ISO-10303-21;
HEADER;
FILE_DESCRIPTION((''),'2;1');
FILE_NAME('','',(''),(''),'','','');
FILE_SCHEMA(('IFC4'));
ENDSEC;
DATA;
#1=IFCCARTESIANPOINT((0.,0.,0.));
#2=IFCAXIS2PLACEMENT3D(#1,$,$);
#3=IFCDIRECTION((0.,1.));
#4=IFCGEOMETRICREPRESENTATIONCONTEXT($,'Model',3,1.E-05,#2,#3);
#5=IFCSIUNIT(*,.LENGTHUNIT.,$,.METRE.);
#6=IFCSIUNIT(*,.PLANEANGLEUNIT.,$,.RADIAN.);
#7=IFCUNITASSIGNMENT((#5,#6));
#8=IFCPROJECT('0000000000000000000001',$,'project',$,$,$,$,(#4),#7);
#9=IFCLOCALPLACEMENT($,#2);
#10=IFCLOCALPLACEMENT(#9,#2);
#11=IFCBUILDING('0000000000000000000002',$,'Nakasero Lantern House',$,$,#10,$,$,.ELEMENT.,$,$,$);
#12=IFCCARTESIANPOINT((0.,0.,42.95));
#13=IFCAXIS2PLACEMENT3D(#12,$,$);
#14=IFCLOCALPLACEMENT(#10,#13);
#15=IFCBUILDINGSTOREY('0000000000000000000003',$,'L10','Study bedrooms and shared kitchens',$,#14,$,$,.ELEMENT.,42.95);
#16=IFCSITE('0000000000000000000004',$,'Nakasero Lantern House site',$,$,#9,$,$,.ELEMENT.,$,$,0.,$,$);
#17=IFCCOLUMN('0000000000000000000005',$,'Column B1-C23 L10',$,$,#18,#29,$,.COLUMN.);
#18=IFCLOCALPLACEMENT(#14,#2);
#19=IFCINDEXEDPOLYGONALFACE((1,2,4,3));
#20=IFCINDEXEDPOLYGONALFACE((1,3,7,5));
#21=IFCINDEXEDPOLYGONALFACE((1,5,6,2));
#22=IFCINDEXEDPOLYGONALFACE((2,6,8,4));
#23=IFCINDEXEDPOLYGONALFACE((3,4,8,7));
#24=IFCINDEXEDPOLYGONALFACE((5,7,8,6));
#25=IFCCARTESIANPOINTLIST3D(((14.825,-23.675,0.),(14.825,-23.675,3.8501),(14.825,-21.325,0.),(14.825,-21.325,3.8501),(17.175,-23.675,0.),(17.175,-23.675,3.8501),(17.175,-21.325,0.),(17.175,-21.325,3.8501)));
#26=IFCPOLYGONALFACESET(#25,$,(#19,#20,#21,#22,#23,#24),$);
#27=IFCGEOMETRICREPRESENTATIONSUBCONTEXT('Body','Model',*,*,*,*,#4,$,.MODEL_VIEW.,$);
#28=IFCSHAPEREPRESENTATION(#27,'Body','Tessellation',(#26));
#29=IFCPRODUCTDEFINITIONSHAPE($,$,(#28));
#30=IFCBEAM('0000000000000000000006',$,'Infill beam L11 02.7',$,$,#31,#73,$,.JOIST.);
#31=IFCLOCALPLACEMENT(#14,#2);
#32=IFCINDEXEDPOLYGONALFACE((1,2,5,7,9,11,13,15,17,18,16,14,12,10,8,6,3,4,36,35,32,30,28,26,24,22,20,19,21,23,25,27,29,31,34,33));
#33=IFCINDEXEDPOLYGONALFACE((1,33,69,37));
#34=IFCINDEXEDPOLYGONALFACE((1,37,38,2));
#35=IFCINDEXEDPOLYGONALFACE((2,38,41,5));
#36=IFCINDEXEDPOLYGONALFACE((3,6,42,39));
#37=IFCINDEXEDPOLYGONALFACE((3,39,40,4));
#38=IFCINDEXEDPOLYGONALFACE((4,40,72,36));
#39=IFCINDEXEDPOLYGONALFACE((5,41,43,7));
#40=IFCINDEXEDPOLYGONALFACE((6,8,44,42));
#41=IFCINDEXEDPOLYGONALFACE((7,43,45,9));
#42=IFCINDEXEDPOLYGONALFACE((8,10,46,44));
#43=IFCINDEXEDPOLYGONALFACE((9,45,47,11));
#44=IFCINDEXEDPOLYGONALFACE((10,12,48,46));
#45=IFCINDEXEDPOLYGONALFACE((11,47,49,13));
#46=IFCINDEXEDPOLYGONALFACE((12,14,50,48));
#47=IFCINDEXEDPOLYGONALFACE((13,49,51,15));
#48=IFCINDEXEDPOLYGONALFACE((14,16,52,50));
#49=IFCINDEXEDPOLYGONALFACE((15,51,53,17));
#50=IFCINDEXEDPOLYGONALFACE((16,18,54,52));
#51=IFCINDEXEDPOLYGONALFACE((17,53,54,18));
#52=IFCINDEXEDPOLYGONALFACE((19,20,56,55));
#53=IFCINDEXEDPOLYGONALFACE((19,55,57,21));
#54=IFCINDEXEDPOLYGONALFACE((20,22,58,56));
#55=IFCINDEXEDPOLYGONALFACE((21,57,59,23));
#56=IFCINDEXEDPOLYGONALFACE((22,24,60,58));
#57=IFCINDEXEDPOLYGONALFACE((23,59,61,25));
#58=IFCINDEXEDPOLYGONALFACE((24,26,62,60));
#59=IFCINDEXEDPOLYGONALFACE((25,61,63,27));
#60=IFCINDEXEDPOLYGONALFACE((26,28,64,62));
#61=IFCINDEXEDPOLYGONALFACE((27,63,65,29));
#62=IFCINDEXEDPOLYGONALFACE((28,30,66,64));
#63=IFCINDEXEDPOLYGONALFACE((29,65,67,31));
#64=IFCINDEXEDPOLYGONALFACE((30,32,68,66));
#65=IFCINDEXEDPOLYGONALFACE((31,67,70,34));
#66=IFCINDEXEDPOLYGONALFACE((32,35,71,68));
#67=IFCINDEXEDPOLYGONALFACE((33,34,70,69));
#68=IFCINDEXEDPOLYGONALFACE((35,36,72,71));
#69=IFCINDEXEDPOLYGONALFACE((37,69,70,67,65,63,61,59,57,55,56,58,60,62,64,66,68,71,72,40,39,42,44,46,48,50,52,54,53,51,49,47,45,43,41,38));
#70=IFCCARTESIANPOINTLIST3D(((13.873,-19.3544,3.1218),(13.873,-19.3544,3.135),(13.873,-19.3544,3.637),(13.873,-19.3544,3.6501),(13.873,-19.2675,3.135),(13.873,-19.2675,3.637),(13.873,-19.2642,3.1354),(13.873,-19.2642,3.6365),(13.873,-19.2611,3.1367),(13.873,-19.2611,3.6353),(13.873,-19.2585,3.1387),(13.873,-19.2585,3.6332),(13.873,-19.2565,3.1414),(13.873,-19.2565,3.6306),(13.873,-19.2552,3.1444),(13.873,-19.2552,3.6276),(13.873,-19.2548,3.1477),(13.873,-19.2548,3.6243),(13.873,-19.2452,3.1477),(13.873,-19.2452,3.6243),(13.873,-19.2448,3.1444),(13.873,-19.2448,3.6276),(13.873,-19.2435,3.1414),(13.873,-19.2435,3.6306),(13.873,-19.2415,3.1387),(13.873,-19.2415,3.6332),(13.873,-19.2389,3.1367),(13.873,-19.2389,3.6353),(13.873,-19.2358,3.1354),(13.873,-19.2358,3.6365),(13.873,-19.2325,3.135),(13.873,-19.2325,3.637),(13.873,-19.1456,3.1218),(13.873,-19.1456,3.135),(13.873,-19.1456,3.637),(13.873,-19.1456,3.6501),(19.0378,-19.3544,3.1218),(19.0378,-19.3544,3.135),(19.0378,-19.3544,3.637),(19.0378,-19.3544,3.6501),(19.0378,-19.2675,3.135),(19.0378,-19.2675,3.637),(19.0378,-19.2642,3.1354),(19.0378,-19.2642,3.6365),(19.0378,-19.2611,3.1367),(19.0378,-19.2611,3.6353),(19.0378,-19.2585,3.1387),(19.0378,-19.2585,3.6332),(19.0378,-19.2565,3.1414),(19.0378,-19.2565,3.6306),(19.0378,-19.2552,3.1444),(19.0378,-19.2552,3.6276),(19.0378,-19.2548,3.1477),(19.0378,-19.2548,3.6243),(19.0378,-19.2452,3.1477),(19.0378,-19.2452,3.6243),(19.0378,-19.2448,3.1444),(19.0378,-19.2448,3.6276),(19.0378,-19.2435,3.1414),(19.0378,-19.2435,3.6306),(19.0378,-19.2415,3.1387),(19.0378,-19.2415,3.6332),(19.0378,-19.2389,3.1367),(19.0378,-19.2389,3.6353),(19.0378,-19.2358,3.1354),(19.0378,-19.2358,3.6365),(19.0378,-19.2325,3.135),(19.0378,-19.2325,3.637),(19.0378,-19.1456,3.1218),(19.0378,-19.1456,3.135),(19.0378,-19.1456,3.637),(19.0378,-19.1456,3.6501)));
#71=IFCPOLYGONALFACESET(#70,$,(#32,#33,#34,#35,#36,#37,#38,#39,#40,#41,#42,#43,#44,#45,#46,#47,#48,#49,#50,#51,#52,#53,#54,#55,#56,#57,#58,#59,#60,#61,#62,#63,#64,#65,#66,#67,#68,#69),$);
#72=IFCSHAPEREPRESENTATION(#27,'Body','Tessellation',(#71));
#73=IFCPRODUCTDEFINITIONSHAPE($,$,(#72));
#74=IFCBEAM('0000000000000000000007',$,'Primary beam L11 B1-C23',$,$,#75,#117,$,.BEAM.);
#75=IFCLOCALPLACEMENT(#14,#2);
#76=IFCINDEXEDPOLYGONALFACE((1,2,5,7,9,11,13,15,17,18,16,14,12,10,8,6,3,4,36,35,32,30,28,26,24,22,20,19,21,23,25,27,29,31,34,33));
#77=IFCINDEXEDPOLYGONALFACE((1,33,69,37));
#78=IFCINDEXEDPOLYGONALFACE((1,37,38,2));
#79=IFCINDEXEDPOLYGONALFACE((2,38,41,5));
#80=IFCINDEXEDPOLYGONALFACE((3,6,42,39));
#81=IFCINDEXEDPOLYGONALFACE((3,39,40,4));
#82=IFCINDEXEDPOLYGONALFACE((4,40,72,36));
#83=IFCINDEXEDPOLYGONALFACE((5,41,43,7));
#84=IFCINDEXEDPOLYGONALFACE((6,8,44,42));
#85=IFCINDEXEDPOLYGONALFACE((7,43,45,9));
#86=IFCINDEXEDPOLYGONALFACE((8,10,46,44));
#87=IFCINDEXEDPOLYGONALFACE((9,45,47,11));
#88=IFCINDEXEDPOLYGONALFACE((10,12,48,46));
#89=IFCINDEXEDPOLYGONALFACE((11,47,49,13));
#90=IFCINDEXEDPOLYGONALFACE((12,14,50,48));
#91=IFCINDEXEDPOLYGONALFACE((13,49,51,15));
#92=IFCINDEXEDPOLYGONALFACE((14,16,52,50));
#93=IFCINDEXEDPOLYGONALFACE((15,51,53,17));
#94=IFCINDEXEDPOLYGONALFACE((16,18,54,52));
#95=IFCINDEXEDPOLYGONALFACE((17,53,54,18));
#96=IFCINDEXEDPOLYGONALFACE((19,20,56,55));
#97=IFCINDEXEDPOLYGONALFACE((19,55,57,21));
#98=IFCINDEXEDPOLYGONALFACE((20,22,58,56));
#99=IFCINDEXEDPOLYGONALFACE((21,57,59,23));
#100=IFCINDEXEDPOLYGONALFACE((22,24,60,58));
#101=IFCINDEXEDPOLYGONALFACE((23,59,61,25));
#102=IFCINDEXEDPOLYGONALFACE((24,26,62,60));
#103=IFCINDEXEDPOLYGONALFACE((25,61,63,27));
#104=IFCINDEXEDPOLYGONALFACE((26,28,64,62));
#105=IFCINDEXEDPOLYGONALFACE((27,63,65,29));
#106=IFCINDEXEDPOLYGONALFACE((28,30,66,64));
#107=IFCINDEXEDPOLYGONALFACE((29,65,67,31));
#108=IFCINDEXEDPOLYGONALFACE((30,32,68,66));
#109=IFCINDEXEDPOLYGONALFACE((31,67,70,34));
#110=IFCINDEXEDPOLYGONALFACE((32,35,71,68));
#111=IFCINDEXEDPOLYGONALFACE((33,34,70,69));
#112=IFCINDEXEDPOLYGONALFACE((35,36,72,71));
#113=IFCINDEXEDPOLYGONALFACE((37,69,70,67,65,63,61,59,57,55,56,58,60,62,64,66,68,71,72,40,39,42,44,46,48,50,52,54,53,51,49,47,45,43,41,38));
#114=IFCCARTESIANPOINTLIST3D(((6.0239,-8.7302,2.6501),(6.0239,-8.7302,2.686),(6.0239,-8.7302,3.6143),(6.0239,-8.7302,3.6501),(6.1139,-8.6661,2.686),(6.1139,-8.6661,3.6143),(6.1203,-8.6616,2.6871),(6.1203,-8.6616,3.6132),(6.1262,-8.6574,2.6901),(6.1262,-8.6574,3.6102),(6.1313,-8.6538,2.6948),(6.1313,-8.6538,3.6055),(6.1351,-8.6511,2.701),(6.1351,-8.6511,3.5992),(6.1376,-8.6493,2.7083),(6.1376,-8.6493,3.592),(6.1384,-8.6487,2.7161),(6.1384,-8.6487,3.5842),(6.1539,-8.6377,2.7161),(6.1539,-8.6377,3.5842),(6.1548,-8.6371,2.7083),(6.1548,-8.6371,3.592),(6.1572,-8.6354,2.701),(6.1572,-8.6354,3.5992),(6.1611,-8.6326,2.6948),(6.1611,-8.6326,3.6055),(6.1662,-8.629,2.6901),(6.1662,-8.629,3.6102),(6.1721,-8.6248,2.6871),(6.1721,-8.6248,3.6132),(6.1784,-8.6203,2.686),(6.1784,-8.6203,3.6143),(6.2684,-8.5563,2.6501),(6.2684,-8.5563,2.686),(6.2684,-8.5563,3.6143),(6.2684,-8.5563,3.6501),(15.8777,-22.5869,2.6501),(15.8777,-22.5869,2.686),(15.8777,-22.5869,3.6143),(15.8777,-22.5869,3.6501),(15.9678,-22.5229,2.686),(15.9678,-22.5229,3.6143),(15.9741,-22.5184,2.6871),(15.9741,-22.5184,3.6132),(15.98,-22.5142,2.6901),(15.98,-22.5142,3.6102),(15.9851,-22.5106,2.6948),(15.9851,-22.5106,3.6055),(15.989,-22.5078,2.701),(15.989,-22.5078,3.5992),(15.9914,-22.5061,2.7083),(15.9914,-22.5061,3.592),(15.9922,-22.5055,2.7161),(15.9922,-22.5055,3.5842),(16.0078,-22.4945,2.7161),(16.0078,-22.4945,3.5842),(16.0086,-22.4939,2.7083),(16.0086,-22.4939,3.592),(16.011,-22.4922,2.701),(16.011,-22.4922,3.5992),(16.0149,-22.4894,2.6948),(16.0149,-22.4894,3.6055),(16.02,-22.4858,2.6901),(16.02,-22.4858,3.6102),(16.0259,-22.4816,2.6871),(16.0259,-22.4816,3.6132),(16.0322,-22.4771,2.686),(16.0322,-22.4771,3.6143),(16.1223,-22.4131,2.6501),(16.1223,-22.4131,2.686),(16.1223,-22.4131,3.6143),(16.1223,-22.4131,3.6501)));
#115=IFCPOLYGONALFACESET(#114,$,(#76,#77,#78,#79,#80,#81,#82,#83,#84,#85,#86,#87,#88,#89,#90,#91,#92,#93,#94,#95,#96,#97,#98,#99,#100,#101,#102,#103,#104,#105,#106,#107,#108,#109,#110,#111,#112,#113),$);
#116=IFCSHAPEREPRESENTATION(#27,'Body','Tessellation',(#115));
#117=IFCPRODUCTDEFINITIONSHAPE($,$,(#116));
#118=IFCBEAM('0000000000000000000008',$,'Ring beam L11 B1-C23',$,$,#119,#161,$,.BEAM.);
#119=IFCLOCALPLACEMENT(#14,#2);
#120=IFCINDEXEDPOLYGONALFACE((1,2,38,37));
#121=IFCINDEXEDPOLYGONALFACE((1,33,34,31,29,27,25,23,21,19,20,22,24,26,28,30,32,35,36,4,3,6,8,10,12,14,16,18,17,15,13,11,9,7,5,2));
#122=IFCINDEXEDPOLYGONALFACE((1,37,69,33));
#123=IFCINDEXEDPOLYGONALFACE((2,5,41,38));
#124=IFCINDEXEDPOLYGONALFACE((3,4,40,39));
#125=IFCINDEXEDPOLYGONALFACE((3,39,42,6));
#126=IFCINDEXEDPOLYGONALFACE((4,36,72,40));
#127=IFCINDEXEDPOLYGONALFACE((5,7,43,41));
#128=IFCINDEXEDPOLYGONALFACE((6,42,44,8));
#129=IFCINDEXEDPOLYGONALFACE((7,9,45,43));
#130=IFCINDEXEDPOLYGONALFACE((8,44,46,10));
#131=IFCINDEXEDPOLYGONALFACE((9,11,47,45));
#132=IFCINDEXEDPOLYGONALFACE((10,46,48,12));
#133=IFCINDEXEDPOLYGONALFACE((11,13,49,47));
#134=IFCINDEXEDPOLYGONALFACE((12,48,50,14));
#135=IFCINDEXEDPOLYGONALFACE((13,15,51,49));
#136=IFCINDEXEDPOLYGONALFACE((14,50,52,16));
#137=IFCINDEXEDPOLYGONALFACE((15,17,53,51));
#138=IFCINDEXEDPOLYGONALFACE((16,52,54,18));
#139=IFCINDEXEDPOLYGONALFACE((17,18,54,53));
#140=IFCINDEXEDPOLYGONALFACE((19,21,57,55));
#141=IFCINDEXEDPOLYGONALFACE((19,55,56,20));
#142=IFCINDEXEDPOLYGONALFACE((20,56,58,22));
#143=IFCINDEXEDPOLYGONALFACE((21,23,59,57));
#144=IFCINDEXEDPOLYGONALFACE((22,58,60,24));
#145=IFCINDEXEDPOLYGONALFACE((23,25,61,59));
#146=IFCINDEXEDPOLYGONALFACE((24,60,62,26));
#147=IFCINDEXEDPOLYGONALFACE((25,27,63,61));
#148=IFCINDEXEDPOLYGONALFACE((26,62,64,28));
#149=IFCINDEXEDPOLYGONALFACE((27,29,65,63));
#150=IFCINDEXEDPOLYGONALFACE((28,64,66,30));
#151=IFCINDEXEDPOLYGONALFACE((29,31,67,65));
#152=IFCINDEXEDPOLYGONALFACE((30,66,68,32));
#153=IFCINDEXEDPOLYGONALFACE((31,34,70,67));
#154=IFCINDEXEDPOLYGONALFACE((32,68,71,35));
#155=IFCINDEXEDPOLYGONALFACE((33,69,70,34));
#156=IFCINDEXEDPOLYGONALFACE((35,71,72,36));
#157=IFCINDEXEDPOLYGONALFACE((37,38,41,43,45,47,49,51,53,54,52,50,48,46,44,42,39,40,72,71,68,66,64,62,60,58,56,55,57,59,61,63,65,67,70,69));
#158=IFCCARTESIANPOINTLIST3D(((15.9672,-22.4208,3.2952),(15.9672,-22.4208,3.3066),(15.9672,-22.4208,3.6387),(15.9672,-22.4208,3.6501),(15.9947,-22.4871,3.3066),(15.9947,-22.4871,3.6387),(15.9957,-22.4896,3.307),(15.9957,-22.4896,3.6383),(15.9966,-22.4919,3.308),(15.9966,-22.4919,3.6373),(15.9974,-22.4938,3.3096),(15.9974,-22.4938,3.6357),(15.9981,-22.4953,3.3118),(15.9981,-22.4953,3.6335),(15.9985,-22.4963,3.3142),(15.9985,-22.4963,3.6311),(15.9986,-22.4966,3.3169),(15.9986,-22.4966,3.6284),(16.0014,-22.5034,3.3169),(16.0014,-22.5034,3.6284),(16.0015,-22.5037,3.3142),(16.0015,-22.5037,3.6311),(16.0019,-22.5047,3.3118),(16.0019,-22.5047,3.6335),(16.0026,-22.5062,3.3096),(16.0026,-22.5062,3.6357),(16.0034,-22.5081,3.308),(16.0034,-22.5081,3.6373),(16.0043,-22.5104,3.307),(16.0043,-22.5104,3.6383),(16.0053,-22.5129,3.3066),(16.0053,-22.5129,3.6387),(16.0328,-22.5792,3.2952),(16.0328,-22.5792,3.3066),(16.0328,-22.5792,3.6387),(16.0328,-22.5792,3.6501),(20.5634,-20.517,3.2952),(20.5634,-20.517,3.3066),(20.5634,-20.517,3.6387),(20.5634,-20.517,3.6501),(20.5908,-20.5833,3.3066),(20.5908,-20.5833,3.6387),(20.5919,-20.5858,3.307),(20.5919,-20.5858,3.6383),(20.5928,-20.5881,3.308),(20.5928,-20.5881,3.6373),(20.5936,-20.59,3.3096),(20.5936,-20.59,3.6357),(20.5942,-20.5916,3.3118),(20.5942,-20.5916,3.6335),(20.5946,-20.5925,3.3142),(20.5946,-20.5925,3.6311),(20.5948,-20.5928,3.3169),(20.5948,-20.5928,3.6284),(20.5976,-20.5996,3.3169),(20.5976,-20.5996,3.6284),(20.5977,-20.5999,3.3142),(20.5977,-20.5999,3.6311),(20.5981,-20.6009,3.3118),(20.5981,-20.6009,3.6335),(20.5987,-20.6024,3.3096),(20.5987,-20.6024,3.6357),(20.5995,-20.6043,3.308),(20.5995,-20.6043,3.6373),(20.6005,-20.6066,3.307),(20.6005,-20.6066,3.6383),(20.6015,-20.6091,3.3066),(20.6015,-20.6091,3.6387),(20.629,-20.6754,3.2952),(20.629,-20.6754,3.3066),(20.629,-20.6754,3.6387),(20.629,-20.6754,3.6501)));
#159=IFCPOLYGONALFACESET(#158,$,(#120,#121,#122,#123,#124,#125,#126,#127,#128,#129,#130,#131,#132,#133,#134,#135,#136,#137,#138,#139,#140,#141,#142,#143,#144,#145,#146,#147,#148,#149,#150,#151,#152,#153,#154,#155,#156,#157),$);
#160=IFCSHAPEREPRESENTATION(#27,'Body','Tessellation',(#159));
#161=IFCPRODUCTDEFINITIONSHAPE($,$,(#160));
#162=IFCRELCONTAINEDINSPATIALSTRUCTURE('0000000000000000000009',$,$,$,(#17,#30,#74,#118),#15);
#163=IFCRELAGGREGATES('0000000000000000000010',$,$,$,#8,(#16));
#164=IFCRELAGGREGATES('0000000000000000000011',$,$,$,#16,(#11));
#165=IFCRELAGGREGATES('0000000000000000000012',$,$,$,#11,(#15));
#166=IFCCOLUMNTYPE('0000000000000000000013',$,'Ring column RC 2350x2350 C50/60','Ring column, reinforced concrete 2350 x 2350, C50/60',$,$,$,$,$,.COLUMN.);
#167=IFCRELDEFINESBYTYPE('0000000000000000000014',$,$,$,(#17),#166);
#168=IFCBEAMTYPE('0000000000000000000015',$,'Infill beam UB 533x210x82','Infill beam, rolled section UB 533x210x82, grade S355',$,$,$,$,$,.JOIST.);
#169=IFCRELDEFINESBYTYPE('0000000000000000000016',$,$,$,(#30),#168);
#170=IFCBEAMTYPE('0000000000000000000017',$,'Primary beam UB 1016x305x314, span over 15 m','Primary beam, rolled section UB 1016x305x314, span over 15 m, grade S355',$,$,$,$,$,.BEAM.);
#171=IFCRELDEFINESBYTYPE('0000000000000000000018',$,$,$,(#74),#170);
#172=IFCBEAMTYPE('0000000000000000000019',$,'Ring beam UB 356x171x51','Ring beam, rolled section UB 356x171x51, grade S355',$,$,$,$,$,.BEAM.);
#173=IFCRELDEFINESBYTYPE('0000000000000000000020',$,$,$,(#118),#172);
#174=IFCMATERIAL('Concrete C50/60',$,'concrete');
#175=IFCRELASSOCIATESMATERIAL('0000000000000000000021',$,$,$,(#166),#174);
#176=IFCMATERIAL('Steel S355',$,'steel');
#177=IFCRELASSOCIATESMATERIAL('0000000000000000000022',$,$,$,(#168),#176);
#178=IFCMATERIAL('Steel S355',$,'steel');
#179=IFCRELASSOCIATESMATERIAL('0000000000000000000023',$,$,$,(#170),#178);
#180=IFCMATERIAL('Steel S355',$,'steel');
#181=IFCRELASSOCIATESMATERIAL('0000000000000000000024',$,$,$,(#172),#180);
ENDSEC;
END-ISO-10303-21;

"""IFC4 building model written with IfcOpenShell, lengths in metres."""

from ifc_helpers import new_model, si_unit, direction, frame, origin, origin_2d, place, context, subcontext, project, spatial, rectangle, i_section, extrude, material, material_profile, profile_set, type_object, element, save


model = new_model("IFC4")

# Units and contexts
model_context = context("Model", 3, precision=1e-05, world=origin(), true_north=direction((0.0, 1.0)))
body_context = subcontext(model_context, "Body", "Model", "MODEL_VIEW")
ifc_project = project(units=[si_unit("LENGTHUNIT", "METRE"), si_unit("PLANEANGLEUNIT", "RADIAN")], contexts=[model_context])

# Site, building, storey
site_placement = place(None, origin())
site = spatial("IfcSite", under=ifc_project, at=site_placement, Name="Nakasero Lantern House site", CompositionType="ELEMENT", RefElevation=0.0)
building_placement = place(site_placement, origin())
building = spatial("IfcBuilding", under=site, at=building_placement, Name="Nakasero Lantern House", CompositionType="ELEMENT")
storey_placement = place(building_placement, frame((0.0, 0.0, 42.95)))
storey = spatial("IfcBuildingStorey", under=building, at=storey_placement, Name="L10", Description="Study bedrooms and shared kitchens", CompositionType="ELEMENT", Elevation=42.95)

# Column
ifc_material_1 = material(Name="Concrete C50/60", Category="concrete")
ifc_material_profile_1 = material_profile(ifc_material_1, rectangle(XDim=2.3501, YDim=2.3501, at=origin_2d()), Name="RC 2350x2350")
ifc_profile_set_1 = profile_set([ifc_material_profile_1], Name="Concrete C50/60")
column_type = type_object("IfcColumnType", Name="Ring column RC 2350x2350 C50/60", Description="Ring column, reinforced concrete 2350 x 2350, C50/60", PredefinedType="COLUMN", material=ifc_profile_set_1)
column_placement = place(storey_placement, frame((16.0, -22.5, 0.0), z_axis=(0.0, 0.0, 1.0), x_axis=(1.0, 0.0, 0.0)))
element("IfcColumn", 1, at=column_placement, inside=storey, type_object=column_type, Name="Column B1-C23 L10", PredefinedType="COLUMN", context=body_context, shape_type="SweptSolid", body=[
    extrude(rectangle(XDim=2.3501, YDim=2.3501, at=origin_2d()), origin(), (0.0, 0.0, 1.0), 3.8501),
])

# Beams
ifc_material_2 = material(Name="Steel S355", Category="steel")
ifc_material_profile_2 = material_profile(ifc_material_2, i_section(OverallWidth=0.2087, OverallDepth=0.5283, WebThickness=0.0095, FlangeThickness=0.0132, FilletRadius=0.0127, at=origin_2d()), Name="UB 533x210x82")
ifc_profile_set_2 = profile_set([ifc_material_profile_2], Name="Steel S355")
beam_type_1 = type_object("IfcBeamType", Name="Infill beam UB 533x210x82", Description="Infill beam, rolled section UB 533x210x82, grade S355", PredefinedType="JOIST", material=ifc_profile_set_2)
beam_1_placement = place(storey_placement, frame((13.873, -19.25, 3.386), z_axis=(1.0, 0.0, 0.0), x_axis=(0.0, 1.0, 0.0)))
element("IfcBeam", 2, at=beam_1_placement, inside=storey, type_object=beam_type_1, Name="Infill beam L11 02.7", PredefinedType="JOIST", context=body_context, shape_type="SweptSolid", body=[
    extrude(i_section(OverallWidth=0.2087, OverallDepth=0.5283, WebThickness=0.0095, FlangeThickness=0.0132, FilletRadius=0.0127, at=origin_2d()), origin(), (0.0, 0.0, 1.0), 5.1648),
])
ifc_material_3 = material(Name="Steel S355", Category="steel")
ifc_material_profile_3 = material_profile(ifc_material_3, i_section(OverallWidth=0.3, OverallDepth=1.0, WebThickness=0.019, FlangeThickness=0.0359, FilletRadius=0.03, at=origin_2d()), Name="UB 1016x305x314")
ifc_profile_set_3 = profile_set([ifc_material_profile_3], Name="Steel S355")
beam_type_2 = type_object("IfcBeamType", Name="Primary beam UB 1016x305x314, span over 15 m", Description="Primary beam, rolled section UB 1016x305x314, span over 15 m, grade S355", PredefinedType="BEAM", material=ifc_profile_set_3)
beam_2_placement = place(storey_placement, frame((16.0, -22.5, 3.1501), z_axis=(-0.579528, 0.814952, 0.0), x_axis=(-0.814952, -0.579528, 0.0)))
element("IfcBeam", 3, at=beam_2_placement, inside=storey, type_object=beam_type_2, Name="Primary beam L11 B1-C23", PredefinedType="BEAM", context=body_context, shape_type="SweptSolid", body=[
    extrude(i_section(OverallWidth=0.3, OverallDepth=1.0, WebThickness=0.019, FlangeThickness=0.0359, FilletRadius=0.03, at=origin_2d()), origin(), (0.0, 0.0, 1.0), 17.0032),
])
ifc_material_4 = material(Name="Steel S355", Category="steel")
ifc_material_profile_4 = material_profile(ifc_material_4, i_section(OverallWidth=0.1714, OverallDepth=0.355, WebThickness=0.0073, FlangeThickness=0.0115, FilletRadius=0.0103, at=origin_2d()), Name="UB 356x171x51")
ifc_profile_set_4 = profile_set([ifc_material_profile_4], Name="Steel S355")
beam_type_3 = type_object("IfcBeamType", Name="Ring beam UB 356x171x51", Description="Ring beam, rolled section UB 356x171x51, grade S355", PredefinedType="BEAM", material=ifc_profile_set_4)
beam_3_placement = place(storey_placement, frame((16.0, -22.5, 3.4727), z_axis=(0.923879, 0.382684, 0.0), x_axis=(-0.382684, 0.923879, 0.0)))
element("IfcBeam", 4, at=beam_3_placement, inside=storey, type_object=beam_type_3, Name="Ring beam L11 B1-C23", PredefinedType="BEAM", context=body_context, shape_type="SweptSolid", body=[
    extrude(i_section(OverallWidth=0.1714, OverallDepth=0.355, WebThickness=0.0073, FlangeThickness=0.0115, FilletRadius=0.0103, at=origin_2d()), origin(), (0.0, 0.0, 1.0), 4.9749),
])

save(model, "model.ifc")
